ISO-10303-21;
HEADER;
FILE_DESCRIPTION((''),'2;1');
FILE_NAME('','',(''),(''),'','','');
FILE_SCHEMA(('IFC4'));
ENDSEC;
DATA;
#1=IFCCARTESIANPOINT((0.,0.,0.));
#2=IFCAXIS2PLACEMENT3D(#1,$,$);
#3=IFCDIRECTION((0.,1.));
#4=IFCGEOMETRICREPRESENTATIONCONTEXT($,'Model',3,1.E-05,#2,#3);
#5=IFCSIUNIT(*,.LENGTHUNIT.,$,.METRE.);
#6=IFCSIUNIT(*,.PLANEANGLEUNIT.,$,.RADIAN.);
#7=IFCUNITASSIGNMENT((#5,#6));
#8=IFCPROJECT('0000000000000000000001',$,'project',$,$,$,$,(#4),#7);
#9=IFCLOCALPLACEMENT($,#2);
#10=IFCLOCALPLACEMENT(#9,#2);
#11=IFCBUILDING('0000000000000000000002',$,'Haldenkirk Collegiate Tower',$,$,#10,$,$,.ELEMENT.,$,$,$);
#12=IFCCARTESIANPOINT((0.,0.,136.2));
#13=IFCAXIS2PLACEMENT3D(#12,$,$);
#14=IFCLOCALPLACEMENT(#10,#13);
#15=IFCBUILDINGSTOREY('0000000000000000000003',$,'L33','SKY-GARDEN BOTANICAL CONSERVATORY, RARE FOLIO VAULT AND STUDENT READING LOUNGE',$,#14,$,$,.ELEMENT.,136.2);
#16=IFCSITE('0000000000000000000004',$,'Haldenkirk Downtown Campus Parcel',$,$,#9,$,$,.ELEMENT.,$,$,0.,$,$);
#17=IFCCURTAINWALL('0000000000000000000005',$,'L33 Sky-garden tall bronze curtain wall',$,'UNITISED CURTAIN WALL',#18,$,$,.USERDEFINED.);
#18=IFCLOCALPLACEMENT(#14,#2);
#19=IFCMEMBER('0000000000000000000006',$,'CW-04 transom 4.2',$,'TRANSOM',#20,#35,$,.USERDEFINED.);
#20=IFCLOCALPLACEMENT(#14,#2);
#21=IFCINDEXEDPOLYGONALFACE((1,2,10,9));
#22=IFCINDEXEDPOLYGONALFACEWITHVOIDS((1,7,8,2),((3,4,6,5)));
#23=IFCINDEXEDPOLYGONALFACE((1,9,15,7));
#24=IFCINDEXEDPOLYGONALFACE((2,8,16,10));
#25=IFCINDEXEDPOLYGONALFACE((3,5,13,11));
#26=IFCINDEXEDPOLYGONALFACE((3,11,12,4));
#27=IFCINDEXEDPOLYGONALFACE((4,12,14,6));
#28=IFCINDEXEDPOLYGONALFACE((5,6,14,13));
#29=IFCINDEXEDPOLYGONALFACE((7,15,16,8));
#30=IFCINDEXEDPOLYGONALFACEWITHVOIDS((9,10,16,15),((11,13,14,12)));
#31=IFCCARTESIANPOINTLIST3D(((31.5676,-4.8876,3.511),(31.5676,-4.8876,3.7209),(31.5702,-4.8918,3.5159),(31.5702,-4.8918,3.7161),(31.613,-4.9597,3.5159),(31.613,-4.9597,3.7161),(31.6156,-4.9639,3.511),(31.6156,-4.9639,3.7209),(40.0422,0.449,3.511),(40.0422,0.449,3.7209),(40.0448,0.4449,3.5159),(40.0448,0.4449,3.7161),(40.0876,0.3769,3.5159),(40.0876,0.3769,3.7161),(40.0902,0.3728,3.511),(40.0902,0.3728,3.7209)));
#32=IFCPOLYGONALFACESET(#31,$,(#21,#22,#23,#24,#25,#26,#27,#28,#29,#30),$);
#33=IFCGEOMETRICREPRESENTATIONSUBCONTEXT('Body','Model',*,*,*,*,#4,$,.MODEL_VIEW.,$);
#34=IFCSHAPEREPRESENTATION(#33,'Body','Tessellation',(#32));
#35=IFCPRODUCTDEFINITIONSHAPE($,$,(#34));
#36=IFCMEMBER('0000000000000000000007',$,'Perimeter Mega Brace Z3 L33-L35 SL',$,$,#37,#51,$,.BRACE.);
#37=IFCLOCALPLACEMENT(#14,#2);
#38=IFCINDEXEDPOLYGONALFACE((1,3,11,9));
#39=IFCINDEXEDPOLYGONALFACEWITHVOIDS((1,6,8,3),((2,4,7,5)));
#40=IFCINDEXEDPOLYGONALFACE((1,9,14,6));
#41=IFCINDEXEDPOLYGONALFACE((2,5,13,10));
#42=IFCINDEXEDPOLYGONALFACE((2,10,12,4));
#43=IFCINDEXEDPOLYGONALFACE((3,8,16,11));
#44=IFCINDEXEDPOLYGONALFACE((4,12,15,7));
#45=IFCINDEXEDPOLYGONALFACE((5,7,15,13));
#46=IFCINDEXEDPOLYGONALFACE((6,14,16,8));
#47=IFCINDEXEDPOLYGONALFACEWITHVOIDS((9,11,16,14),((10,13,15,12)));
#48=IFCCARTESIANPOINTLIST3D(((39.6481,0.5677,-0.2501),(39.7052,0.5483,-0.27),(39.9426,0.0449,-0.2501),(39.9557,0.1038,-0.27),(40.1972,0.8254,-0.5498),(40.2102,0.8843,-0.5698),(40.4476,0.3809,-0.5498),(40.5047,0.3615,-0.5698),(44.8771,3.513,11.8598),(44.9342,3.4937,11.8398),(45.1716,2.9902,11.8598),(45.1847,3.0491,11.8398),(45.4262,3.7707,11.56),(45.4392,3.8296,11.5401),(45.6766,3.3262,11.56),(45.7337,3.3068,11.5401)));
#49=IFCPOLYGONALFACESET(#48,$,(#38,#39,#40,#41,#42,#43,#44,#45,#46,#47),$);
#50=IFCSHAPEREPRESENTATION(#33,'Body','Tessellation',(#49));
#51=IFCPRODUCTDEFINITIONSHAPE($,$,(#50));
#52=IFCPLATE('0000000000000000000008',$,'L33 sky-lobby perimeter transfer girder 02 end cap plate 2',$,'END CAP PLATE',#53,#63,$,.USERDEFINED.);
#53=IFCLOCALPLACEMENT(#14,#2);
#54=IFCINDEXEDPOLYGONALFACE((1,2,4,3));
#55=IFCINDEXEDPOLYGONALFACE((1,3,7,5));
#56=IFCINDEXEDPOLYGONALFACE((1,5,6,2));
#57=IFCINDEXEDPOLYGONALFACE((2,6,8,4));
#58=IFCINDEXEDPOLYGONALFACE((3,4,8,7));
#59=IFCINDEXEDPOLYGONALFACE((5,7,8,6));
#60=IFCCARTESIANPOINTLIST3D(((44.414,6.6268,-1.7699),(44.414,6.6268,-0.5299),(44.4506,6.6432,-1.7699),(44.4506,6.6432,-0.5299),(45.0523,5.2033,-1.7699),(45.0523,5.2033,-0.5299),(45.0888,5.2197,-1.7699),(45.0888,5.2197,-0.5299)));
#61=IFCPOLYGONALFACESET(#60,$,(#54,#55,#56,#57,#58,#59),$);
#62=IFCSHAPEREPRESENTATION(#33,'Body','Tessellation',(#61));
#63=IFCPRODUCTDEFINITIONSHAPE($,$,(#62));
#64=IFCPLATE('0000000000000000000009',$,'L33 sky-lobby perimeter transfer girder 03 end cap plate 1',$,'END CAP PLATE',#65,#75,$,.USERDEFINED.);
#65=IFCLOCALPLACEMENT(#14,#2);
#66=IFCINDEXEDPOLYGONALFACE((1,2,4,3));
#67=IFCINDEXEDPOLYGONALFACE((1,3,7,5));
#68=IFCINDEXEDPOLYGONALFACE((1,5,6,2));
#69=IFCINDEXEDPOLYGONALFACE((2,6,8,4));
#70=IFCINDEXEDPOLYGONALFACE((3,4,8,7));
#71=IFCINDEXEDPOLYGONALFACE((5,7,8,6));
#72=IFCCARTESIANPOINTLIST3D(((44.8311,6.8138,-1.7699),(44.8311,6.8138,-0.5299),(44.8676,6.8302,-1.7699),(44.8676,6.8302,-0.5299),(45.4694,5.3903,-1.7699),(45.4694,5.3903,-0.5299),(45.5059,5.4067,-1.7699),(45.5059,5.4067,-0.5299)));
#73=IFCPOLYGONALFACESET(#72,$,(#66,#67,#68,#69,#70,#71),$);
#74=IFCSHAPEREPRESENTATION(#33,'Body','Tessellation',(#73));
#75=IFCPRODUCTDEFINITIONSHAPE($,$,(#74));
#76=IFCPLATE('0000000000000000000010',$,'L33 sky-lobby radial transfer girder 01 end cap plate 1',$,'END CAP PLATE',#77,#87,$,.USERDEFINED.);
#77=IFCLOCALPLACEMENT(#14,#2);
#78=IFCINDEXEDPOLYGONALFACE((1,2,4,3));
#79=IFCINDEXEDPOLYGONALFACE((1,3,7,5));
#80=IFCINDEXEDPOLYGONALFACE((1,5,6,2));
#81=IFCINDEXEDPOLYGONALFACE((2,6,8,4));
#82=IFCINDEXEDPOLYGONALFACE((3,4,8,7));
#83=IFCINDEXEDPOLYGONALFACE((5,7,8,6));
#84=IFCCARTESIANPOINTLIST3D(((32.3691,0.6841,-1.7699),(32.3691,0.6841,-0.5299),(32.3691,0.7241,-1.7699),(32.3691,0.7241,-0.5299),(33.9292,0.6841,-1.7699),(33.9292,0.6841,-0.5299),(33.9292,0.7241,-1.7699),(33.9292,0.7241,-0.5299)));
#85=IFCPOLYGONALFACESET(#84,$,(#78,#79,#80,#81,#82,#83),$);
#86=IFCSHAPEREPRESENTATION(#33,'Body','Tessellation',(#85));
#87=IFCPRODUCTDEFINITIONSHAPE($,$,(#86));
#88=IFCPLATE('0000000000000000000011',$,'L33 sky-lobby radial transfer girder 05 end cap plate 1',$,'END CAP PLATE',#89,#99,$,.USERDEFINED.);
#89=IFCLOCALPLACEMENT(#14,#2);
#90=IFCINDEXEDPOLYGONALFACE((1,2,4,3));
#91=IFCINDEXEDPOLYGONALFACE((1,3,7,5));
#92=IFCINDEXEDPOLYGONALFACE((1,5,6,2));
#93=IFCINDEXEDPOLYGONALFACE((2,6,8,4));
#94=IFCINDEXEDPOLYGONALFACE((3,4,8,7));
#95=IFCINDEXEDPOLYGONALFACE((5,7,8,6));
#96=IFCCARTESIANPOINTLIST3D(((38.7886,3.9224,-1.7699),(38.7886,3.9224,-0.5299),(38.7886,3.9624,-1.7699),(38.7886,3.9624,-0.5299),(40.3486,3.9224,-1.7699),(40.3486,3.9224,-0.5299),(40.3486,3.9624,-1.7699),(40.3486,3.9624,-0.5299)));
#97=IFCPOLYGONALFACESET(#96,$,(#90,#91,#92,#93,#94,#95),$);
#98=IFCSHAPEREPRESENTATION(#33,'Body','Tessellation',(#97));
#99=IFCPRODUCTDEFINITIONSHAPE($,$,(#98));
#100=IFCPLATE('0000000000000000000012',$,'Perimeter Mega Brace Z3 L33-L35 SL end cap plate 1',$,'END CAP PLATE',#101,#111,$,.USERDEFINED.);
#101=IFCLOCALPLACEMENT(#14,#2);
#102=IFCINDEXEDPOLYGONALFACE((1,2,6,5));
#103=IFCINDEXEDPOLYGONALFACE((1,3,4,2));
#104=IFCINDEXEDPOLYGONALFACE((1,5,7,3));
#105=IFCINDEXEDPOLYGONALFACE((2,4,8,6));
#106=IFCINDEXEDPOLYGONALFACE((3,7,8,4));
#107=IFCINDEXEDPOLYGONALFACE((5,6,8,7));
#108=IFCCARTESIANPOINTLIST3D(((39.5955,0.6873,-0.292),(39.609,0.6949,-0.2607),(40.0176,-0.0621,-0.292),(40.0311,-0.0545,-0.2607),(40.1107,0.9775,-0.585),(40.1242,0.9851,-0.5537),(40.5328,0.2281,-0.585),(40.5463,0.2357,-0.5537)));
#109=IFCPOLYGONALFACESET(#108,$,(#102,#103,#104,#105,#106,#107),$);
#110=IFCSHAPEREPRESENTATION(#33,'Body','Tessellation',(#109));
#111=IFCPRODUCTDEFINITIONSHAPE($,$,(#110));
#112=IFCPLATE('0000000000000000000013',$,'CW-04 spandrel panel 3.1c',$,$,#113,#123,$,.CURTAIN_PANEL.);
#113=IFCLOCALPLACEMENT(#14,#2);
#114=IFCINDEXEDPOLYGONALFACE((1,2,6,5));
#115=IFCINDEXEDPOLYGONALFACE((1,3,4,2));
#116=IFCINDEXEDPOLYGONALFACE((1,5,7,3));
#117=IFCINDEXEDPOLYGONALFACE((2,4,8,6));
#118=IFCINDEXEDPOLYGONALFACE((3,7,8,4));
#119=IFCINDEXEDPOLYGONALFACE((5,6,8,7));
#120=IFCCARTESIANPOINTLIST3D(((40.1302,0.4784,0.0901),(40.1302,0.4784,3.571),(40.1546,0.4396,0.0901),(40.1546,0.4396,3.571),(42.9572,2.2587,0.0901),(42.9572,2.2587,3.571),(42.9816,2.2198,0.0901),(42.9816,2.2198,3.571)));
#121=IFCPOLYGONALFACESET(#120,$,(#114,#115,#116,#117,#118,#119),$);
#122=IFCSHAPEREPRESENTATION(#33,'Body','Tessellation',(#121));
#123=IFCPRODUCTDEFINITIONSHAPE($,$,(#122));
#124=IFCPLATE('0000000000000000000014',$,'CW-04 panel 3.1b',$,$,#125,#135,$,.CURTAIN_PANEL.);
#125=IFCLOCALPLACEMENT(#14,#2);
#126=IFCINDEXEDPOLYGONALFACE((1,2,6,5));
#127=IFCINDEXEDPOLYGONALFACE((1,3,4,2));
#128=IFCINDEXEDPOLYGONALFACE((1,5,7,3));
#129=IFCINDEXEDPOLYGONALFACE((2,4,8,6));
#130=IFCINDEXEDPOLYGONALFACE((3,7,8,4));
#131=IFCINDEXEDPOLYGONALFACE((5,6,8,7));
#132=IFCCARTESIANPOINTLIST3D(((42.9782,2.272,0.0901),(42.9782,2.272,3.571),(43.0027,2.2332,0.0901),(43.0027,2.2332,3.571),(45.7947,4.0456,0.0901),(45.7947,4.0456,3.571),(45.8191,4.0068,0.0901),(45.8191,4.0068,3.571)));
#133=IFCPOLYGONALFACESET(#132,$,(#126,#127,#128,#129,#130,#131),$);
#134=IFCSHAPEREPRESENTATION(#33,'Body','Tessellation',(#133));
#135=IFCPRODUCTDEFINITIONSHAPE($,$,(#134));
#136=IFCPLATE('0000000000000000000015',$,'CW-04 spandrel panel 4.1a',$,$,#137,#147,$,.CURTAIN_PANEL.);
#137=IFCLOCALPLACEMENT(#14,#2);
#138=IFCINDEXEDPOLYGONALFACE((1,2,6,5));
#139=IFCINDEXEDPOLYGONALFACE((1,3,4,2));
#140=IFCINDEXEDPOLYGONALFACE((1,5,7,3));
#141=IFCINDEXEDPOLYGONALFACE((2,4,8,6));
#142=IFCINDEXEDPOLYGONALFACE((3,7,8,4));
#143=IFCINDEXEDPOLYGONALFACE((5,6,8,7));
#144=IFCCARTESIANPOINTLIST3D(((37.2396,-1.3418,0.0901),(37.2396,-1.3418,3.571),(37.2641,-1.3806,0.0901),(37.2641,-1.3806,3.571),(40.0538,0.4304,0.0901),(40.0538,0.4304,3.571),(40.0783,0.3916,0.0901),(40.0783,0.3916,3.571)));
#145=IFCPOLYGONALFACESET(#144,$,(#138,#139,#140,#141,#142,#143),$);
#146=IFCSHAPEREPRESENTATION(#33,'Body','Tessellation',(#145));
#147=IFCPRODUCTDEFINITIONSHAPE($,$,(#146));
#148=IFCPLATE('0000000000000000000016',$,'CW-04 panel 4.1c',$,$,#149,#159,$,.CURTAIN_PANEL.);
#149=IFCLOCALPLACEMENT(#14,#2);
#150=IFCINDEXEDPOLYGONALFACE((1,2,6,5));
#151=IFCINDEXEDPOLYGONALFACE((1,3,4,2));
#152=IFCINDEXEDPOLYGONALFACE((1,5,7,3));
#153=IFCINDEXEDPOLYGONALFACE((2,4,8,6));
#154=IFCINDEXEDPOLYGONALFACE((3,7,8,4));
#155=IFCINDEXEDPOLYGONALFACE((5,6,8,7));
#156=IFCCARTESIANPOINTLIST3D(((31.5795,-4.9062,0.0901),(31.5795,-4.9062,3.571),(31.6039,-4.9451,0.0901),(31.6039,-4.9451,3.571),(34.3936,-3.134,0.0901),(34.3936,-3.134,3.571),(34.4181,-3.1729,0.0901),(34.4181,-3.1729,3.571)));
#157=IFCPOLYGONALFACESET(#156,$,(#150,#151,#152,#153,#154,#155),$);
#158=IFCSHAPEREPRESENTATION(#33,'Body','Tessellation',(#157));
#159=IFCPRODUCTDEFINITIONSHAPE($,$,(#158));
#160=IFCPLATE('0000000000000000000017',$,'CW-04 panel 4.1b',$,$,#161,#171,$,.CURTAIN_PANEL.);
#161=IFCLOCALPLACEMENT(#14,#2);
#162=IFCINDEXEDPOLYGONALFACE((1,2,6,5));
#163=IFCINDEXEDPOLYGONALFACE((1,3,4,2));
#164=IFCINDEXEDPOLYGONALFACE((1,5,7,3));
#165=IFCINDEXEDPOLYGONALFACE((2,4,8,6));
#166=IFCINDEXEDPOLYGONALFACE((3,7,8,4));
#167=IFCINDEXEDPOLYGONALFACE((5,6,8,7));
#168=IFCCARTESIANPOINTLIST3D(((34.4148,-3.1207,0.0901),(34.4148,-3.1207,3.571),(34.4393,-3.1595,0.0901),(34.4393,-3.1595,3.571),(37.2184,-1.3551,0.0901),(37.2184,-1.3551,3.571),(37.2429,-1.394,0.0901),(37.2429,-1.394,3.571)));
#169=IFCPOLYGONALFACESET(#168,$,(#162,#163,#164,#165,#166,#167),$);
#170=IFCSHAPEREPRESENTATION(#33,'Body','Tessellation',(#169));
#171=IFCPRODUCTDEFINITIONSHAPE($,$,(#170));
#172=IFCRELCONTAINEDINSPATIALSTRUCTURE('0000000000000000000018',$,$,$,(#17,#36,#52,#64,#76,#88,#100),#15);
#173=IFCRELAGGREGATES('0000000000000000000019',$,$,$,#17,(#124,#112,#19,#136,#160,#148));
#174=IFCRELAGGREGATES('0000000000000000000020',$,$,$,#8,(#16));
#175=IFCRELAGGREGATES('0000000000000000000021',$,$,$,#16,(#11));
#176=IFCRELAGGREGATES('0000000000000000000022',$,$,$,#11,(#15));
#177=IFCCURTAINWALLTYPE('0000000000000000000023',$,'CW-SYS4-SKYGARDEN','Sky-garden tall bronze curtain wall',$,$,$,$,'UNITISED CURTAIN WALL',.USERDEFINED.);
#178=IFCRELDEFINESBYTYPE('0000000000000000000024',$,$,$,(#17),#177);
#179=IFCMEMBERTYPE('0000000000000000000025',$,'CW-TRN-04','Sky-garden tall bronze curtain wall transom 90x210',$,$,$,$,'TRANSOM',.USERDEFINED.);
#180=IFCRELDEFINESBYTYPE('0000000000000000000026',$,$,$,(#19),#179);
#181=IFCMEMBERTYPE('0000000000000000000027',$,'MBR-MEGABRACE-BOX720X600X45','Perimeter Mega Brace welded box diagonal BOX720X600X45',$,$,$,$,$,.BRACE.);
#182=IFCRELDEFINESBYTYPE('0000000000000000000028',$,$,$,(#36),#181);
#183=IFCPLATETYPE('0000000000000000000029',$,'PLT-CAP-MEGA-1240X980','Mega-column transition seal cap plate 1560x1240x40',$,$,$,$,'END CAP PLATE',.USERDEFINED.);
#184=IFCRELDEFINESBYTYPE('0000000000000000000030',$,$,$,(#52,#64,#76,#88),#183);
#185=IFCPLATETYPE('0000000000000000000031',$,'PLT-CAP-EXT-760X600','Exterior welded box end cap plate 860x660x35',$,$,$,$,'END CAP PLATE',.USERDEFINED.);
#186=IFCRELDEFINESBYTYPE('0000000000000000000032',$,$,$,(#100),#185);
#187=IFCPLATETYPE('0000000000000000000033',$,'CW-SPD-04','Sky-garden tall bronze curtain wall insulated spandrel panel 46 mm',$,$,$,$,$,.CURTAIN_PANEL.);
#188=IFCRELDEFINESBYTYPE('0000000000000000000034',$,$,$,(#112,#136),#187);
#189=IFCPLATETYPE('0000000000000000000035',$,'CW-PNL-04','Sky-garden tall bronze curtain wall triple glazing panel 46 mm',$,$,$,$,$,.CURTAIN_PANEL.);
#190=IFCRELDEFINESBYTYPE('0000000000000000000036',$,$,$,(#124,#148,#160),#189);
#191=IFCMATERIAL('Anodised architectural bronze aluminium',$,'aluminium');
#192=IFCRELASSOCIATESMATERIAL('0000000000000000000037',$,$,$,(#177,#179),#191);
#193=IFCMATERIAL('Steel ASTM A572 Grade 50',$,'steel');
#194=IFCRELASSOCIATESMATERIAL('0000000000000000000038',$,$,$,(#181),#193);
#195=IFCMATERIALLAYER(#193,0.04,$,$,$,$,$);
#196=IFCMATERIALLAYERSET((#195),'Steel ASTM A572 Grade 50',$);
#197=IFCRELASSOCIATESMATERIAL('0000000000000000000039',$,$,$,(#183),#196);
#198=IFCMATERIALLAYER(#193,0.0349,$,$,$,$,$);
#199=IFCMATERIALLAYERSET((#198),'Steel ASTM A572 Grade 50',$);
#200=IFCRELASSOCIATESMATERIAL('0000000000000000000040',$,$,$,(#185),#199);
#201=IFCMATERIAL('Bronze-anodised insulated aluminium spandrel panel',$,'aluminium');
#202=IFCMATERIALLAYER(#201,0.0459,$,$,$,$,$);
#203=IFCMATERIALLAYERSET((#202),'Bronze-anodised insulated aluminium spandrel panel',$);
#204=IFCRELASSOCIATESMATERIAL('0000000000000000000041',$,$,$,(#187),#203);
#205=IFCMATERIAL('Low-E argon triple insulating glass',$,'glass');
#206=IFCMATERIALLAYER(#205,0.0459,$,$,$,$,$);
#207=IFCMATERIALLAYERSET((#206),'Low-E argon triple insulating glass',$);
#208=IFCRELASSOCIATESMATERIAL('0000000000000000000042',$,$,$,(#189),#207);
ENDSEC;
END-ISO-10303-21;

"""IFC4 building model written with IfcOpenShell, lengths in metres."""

from ifc_helpers import new_model, si_unit, direction, frame, origin, origin_2d, place, context, subcontext, project, spatial, rectangle, hollow_rectangle, extrude, source, transform, mapped, material, layer, layer_set, material_profile, profile_set, type_object, element, aggregate, save


model = new_model("IFC4")

# Units and contexts
model_context = context("Model", 3, precision=1e-05, world=origin(), true_north=direction((0.0, 1.0)))
body_context = subcontext(model_context, "Body", "Model", "MODEL_VIEW")
ifc_project = project(units=[si_unit("LENGTHUNIT", "METRE"), si_unit("PLANEANGLEUNIT", "RADIAN")], contexts=[model_context])

# Site, building, storey
site_placement = place(None, origin())
site = spatial("IfcSite", under=ifc_project, at=site_placement, Name="Haldenkirk Downtown Campus Parcel", CompositionType="ELEMENT", RefElevation=0.0)
building_placement = place(site_placement, origin())
building = spatial("IfcBuilding", under=site, at=building_placement, Name="Haldenkirk Collegiate Tower", CompositionType="ELEMENT")
storey_placement = place(building_placement, frame((0.0, 0.0, 136.2)))
storey = spatial("IfcBuildingStorey", under=building, at=storey_placement, Name="L33", Description="SKY-GARDEN BOTANICAL CONSERVATORY, RARE FOLIO VAULT AND STUDENT READING LOUNGE", CompositionType="ELEMENT", Elevation=136.2)

# Shared definitions
ifc_material_1 = material(Name="Steel ASTM A572 Grade 50", Category="steel")

# Curtain wall, member
ifc_material_2 = material(Name="Anodised architectural bronze aluminium", Category="aluminium")
curtain_wall_type = type_object("IfcCurtainWallType", Name="CW-SYS4-SKYGARDEN", Description="Sky-garden tall bronze curtain wall", ElementType="UNITISED CURTAIN WALL", PredefinedType="USERDEFINED", material=ifc_material_2)
curtain_wall_placement = place(storey_placement, origin())
curtain_wall = element("IfcCurtainWall", 1, at=curtain_wall_placement, inside=storey, type_object=curtain_wall_type, Name="L33 Sky-garden tall bronze curtain wall", ObjectType="UNITISED CURTAIN WALL", PredefinedType="USERDEFINED")
ifc_material_profile_1 = material_profile(ifc_material_2, hollow_rectangle(XDim=0.0901, YDim=0.21, WallThickness=0.0049, at=origin_2d()), Name="CW-TRN-04")
ifc_profile_set_1 = profile_set([ifc_material_profile_1], Name="Anodised architectural bronze aluminium")
member_type_1 = type_object("IfcMemberType", Name="CW-TRN-04", Description="Sky-garden tall bronze curtain wall transom 90x210", ElementType="TRANSOM", PredefinedType="USERDEFINED", material=ifc_profile_set_1)
member_1_placement = place(storey_placement, frame((40.0662, 0.4109, 3.616), z_axis=(-0.846197, -0.532871, 0.0), x_axis=(0.532871, -0.846197, 0.0)))
member_1 = element("IfcMember", 2, at=member_1_placement, type_object=member_type_1, Name="CW-04 transom 4.2", ObjectType="TRANSOM", PredefinedType="USERDEFINED", context=body_context, shape_type="SweptSolid", body=[
    extrude(hollow_rectangle(XDim=0.0901, YDim=0.21, WallThickness=0.0049, at=origin_2d()), origin(), (0.0, 0.0, 1.0), 10.0149),
])

# Member
ifc_material_profile_2 = material_profile(ifc_material_1, hollow_rectangle(XDim=0.6001, YDim=0.72, WallThickness=0.0449, at=origin_2d()), Name="BOX720X600X45")
ifc_profile_set_2 = profile_set([ifc_material_profile_2], Name="Steel ASTM A572 Grade 50")
member_type_2 = type_object("IfcMemberType", Name="MBR-MEGABRACE-BOX720X600X45", Description="Perimeter Mega Brace welded box diagonal BOX720X600X45", PredefinedType="BRACE", material=ifc_profile_set_2)
member_2_placement = place(storey_placement, frame((40.0764, 0.4646, -0.4099), z_axis=(0.386892, 0.217923, 0.896005), x_axis=(-0.490767, 0.871291, 0.0)))
element("IfcMember", 3, at=member_2_placement, inside=storey, type_object=member_type_2, Name="Perimeter Mega Brace Z3 L33-L35 SL", PredefinedType="BRACE", context=body_context, shape_type="SweptSolid", body=[
    extrude(hollow_rectangle(XDim=0.6001, YDim=0.72, WallThickness=0.0449, at=origin_2d()), origin(), (0.0, 0.0, 1.0), 13.5154),
])

# Plates
ifc_layer_1 = layer(ifc_material_1, 0.04)
ifc_layer_set_1 = layer_set([ifc_layer_1], Name="Steel ASTM A572 Grade 50")
plate_type_1 = type_object("IfcPlateType", Name="PLT-CAP-MEGA-1240X980", Description="Mega-column transition seal cap plate 1560x1240x40", ElementType="END CAP PLATE", PredefinedType="USERDEFINED", material=ifc_layer_set_1)
shared_shape_1 = source(origin(), body_context, "Body", "SweptSolid", [
    extrude(rectangle(XDim=1.5601, YDim=1.24, at=origin_2d()), origin(), (0.0, 0.0, 1.0), 0.04),
])
for number, where, z_axis, x_axis, name in (
    (4, (44.7332, 5.915, -1.1499), (0.912477, 0.409129, 0.0), (-0.409129, 0.912477, 0.0), "L33 sky-lobby perimeter transfer girder 02 end cap plate 2"),
    (5, (45.1868, 6.1184, -1.1499), (-0.912473, -0.409137, 0.0), (0.409137, -0.912473, 0.0), "L33 sky-lobby perimeter transfer girder 03 end cap plate 1"),
    (6, (33.1492, 0.7241, -1.1499), (0.0, -1.0, 0.0), (1.0, 0.0, 0.0), "L33 sky-lobby radial transfer girder 01 end cap plate 1"),
    (7, (39.5686, 3.9624, -1.1499), (0.0, -1.0, 0.0), (1.0, 0.0, 0.0), "L33 sky-lobby radial transfer girder 05 end cap plate 1"),
):
    element("IfcPlate", number, at=place(storey_placement, frame(where, z_axis=z_axis, x_axis=x_axis)), inside=storey, type_object=plate_type_1, Name=name, ObjectType="END CAP PLATE", PredefinedType="USERDEFINED", context=body_context, shape_type="MappedRepresentation", body=[
        mapped(shared_shape_1, transform((0.0, 0.0, 0.0), x_axis=(1.0, 0.0, 0.0), y_axis=(0.0, 1.0, 0.0), z_axis=(0.0, 0.0, 1.0), scale=1.0)),
    ])
ifc_layer_2 = layer(ifc_material_1, 0.0349)
ifc_layer_set_2 = layer_set([ifc_layer_2], Name="Steel ASTM A572 Grade 50")
plate_type_2 = type_object("IfcPlateType", Name="PLT-CAP-EXT-760X600", Description="Exterior welded box end cap plate 860x660x35", ElementType="END CAP PLATE", PredefinedType="USERDEFINED", material=ifc_layer_set_2)
shared_shape_2 = source(origin(), body_context, "Body", "SweptSolid", [
    extrude(rectangle(XDim=0.8601, YDim=0.6599, at=origin_2d()), origin(), (0.0, 0.0, 1.0), 0.0349),
])
plate_1_placement = place(storey_placement, frame((40.0776, 0.4653, -0.4072), z_axis=(-0.386889, -0.217913, -0.896008), x_axis=(0.490753, -0.871299, 0.0)))
element("IfcPlate", 8, at=plate_1_placement, inside=storey, type_object=plate_type_2, Name="Perimeter Mega Brace Z3 L33-L35 SL end cap plate 1", ObjectType="END CAP PLATE", PredefinedType="USERDEFINED", context=body_context, shape_type="MappedRepresentation", body=[
    mapped(shared_shape_2, transform((0.0, 0.0, 0.0), x_axis=(1.0, 0.0, 0.0), y_axis=(0.0, 1.0, 0.0), z_axis=(0.0, 0.0, 1.0), scale=1.0)),
])

# Plates
ifc_material_3 = material(Name="Bronze-anodised insulated aluminium spandrel panel", Category="aluminium")
ifc_layer_3 = layer(ifc_material_3, 0.0459)
ifc_layer_set_3 = layer_set([ifc_layer_3], Name="Bronze-anodised insulated aluminium spandrel panel")
plate_type_3 = type_object("IfcPlateType", Name="CW-SPD-04", Description="Sky-garden tall bronze curtain wall insulated spandrel panel 46 mm", PredefinedType="CURTAIN_PANEL", material=ifc_layer_set_3)
shared_shape_3 = source(origin(), body_context, "Body", "SweptSolid", [
    extrude(rectangle(XDim=3.3408, YDim=0.0459, at=origin_2d()), origin(), (0.0, 0.0, 1.0), 3.481),
])
plate_2_placement = place(storey_placement, frame((41.5559, 1.3491, 0.0901), z_axis=(0.0, 0.0, 1.0), x_axis=(-0.846194, -0.532875, 0.0)))
plate_2 = element("IfcPlate", 9, at=plate_2_placement, type_object=plate_type_3, Name="CW-04 spandrel panel 3.1c", PredefinedType="CURTAIN_PANEL", context=body_context, shape_type="MappedRepresentation", body=[
    mapped(shared_shape_3, transform((0.0, 0.0, 0.0), x_axis=(1.0, 0.0, 0.0), y_axis=(0.0, 1.0, 0.0), z_axis=(0.0, 0.0, 1.0), scale=1.0)),
])
ifc_material_4 = material(Name="Low-E argon triple insulating glass", Category="glass")
ifc_layer_4 = layer(ifc_material_4, 0.0459)
ifc_layer_set_4 = layer_set([ifc_layer_4], Name="Low-E argon triple insulating glass")
plate_type_4 = type_object("IfcPlateType", Name="CW-PNL-04", Description="Sky-garden tall bronze curtain wall triple glazing panel 46 mm", PredefinedType="CURTAIN_PANEL", material=ifc_layer_set_4)
shared_shape_4 = source(origin(), body_context, "Body", "SweptSolid", [
    extrude(rectangle(XDim=3.3284, YDim=0.0459, at=origin_2d()), origin(), (0.0, 0.0, 1.0), 3.481),
])
plate_3_placement = place(storey_placement, frame((44.3987, 3.1394, 0.0901), z_axis=(0.0, 0.0, 1.0), x_axis=(-0.846194, -0.532875, 0.0)))
plate_3 = element("IfcPlate", 10, at=plate_3_placement, type_object=plate_type_4, Name="CW-04 panel 3.1b", PredefinedType="CURTAIN_PANEL", context=body_context, shape_type="MappedRepresentation", body=[
    mapped(shared_shape_4, transform((0.0, 0.0, 0.0), x_axis=(1.0, 0.0, 0.0), y_axis=(0.0, 1.0, 0.0), z_axis=(0.0, 0.0, 1.0), scale=1.0)),
])
shared_shape_5 = source(origin(), body_context, "Body", "SweptSolid", [
    extrude(rectangle(XDim=3.3257, YDim=0.0459, at=origin_2d()), origin(), (0.0, 0.0, 1.0), 3.481),
])
plate_4_placement = place(storey_placement, frame((38.6589, -0.4751, 0.0901), z_axis=(0.0, 0.0, 1.0), x_axis=(-0.846194, -0.532875, 0.0)))
plate_4 = element("IfcPlate", 11, at=plate_4_placement, type_object=plate_type_3, Name="CW-04 spandrel panel 4.1a", PredefinedType="CURTAIN_PANEL", context=body_context, shape_type="MappedRepresentation", body=[
    mapped(shared_shape_5, transform((0.0, 0.0, 0.0), x_axis=(1.0, 0.0, 0.0), y_axis=(0.0, 1.0, 0.0), z_axis=(0.0, 0.0, 1.0), scale=1.0)),
])
plate_5_placement = place(storey_placement, frame((32.9988, -4.0396, 0.0901), z_axis=(0.0, 0.0, 1.0), x_axis=(-0.846194, -0.532875, 0.0)))
plate_5 = element("IfcPlate", 12, at=plate_5_placement, type_object=plate_type_4, Name="CW-04 panel 4.1c", PredefinedType="CURTAIN_PANEL", context=body_context, shape_type="MappedRepresentation", body=[
    mapped(shared_shape_5, transform((0.0, 0.0, 0.0), x_axis=(1.0, 0.0, 0.0), y_axis=(0.0, 1.0, 0.0), z_axis=(0.0, 0.0, 1.0), scale=1.0)),
])
shared_shape_6 = source(origin(), body_context, "Body", "SweptSolid", [
    extrude(rectangle(XDim=3.3132, YDim=0.0459, at=origin_2d()), origin(), (0.0, 0.0, 1.0), 3.481),
])
plate_6_placement = place(storey_placement, frame((35.8289, -2.2573, 0.0901), z_axis=(0.0, 0.0, 1.0), x_axis=(-0.846194, -0.532875, 0.0)))
plate_6 = element("IfcPlate", 13, at=plate_6_placement, type_object=plate_type_4, Name="CW-04 panel 4.1b", PredefinedType="CURTAIN_PANEL", context=body_context, shape_type="MappedRepresentation", body=[
    mapped(shared_shape_6, transform((0.0, 0.0, 0.0), x_axis=(1.0, 0.0, 0.0), y_axis=(0.0, 1.0, 0.0), z_axis=(0.0, 0.0, 1.0), scale=1.0)),
])
aggregate(curtain_wall, [plate_3, plate_2, member_1, plate_4, plate_6, plate_5])

save(model, "model.ifc")
